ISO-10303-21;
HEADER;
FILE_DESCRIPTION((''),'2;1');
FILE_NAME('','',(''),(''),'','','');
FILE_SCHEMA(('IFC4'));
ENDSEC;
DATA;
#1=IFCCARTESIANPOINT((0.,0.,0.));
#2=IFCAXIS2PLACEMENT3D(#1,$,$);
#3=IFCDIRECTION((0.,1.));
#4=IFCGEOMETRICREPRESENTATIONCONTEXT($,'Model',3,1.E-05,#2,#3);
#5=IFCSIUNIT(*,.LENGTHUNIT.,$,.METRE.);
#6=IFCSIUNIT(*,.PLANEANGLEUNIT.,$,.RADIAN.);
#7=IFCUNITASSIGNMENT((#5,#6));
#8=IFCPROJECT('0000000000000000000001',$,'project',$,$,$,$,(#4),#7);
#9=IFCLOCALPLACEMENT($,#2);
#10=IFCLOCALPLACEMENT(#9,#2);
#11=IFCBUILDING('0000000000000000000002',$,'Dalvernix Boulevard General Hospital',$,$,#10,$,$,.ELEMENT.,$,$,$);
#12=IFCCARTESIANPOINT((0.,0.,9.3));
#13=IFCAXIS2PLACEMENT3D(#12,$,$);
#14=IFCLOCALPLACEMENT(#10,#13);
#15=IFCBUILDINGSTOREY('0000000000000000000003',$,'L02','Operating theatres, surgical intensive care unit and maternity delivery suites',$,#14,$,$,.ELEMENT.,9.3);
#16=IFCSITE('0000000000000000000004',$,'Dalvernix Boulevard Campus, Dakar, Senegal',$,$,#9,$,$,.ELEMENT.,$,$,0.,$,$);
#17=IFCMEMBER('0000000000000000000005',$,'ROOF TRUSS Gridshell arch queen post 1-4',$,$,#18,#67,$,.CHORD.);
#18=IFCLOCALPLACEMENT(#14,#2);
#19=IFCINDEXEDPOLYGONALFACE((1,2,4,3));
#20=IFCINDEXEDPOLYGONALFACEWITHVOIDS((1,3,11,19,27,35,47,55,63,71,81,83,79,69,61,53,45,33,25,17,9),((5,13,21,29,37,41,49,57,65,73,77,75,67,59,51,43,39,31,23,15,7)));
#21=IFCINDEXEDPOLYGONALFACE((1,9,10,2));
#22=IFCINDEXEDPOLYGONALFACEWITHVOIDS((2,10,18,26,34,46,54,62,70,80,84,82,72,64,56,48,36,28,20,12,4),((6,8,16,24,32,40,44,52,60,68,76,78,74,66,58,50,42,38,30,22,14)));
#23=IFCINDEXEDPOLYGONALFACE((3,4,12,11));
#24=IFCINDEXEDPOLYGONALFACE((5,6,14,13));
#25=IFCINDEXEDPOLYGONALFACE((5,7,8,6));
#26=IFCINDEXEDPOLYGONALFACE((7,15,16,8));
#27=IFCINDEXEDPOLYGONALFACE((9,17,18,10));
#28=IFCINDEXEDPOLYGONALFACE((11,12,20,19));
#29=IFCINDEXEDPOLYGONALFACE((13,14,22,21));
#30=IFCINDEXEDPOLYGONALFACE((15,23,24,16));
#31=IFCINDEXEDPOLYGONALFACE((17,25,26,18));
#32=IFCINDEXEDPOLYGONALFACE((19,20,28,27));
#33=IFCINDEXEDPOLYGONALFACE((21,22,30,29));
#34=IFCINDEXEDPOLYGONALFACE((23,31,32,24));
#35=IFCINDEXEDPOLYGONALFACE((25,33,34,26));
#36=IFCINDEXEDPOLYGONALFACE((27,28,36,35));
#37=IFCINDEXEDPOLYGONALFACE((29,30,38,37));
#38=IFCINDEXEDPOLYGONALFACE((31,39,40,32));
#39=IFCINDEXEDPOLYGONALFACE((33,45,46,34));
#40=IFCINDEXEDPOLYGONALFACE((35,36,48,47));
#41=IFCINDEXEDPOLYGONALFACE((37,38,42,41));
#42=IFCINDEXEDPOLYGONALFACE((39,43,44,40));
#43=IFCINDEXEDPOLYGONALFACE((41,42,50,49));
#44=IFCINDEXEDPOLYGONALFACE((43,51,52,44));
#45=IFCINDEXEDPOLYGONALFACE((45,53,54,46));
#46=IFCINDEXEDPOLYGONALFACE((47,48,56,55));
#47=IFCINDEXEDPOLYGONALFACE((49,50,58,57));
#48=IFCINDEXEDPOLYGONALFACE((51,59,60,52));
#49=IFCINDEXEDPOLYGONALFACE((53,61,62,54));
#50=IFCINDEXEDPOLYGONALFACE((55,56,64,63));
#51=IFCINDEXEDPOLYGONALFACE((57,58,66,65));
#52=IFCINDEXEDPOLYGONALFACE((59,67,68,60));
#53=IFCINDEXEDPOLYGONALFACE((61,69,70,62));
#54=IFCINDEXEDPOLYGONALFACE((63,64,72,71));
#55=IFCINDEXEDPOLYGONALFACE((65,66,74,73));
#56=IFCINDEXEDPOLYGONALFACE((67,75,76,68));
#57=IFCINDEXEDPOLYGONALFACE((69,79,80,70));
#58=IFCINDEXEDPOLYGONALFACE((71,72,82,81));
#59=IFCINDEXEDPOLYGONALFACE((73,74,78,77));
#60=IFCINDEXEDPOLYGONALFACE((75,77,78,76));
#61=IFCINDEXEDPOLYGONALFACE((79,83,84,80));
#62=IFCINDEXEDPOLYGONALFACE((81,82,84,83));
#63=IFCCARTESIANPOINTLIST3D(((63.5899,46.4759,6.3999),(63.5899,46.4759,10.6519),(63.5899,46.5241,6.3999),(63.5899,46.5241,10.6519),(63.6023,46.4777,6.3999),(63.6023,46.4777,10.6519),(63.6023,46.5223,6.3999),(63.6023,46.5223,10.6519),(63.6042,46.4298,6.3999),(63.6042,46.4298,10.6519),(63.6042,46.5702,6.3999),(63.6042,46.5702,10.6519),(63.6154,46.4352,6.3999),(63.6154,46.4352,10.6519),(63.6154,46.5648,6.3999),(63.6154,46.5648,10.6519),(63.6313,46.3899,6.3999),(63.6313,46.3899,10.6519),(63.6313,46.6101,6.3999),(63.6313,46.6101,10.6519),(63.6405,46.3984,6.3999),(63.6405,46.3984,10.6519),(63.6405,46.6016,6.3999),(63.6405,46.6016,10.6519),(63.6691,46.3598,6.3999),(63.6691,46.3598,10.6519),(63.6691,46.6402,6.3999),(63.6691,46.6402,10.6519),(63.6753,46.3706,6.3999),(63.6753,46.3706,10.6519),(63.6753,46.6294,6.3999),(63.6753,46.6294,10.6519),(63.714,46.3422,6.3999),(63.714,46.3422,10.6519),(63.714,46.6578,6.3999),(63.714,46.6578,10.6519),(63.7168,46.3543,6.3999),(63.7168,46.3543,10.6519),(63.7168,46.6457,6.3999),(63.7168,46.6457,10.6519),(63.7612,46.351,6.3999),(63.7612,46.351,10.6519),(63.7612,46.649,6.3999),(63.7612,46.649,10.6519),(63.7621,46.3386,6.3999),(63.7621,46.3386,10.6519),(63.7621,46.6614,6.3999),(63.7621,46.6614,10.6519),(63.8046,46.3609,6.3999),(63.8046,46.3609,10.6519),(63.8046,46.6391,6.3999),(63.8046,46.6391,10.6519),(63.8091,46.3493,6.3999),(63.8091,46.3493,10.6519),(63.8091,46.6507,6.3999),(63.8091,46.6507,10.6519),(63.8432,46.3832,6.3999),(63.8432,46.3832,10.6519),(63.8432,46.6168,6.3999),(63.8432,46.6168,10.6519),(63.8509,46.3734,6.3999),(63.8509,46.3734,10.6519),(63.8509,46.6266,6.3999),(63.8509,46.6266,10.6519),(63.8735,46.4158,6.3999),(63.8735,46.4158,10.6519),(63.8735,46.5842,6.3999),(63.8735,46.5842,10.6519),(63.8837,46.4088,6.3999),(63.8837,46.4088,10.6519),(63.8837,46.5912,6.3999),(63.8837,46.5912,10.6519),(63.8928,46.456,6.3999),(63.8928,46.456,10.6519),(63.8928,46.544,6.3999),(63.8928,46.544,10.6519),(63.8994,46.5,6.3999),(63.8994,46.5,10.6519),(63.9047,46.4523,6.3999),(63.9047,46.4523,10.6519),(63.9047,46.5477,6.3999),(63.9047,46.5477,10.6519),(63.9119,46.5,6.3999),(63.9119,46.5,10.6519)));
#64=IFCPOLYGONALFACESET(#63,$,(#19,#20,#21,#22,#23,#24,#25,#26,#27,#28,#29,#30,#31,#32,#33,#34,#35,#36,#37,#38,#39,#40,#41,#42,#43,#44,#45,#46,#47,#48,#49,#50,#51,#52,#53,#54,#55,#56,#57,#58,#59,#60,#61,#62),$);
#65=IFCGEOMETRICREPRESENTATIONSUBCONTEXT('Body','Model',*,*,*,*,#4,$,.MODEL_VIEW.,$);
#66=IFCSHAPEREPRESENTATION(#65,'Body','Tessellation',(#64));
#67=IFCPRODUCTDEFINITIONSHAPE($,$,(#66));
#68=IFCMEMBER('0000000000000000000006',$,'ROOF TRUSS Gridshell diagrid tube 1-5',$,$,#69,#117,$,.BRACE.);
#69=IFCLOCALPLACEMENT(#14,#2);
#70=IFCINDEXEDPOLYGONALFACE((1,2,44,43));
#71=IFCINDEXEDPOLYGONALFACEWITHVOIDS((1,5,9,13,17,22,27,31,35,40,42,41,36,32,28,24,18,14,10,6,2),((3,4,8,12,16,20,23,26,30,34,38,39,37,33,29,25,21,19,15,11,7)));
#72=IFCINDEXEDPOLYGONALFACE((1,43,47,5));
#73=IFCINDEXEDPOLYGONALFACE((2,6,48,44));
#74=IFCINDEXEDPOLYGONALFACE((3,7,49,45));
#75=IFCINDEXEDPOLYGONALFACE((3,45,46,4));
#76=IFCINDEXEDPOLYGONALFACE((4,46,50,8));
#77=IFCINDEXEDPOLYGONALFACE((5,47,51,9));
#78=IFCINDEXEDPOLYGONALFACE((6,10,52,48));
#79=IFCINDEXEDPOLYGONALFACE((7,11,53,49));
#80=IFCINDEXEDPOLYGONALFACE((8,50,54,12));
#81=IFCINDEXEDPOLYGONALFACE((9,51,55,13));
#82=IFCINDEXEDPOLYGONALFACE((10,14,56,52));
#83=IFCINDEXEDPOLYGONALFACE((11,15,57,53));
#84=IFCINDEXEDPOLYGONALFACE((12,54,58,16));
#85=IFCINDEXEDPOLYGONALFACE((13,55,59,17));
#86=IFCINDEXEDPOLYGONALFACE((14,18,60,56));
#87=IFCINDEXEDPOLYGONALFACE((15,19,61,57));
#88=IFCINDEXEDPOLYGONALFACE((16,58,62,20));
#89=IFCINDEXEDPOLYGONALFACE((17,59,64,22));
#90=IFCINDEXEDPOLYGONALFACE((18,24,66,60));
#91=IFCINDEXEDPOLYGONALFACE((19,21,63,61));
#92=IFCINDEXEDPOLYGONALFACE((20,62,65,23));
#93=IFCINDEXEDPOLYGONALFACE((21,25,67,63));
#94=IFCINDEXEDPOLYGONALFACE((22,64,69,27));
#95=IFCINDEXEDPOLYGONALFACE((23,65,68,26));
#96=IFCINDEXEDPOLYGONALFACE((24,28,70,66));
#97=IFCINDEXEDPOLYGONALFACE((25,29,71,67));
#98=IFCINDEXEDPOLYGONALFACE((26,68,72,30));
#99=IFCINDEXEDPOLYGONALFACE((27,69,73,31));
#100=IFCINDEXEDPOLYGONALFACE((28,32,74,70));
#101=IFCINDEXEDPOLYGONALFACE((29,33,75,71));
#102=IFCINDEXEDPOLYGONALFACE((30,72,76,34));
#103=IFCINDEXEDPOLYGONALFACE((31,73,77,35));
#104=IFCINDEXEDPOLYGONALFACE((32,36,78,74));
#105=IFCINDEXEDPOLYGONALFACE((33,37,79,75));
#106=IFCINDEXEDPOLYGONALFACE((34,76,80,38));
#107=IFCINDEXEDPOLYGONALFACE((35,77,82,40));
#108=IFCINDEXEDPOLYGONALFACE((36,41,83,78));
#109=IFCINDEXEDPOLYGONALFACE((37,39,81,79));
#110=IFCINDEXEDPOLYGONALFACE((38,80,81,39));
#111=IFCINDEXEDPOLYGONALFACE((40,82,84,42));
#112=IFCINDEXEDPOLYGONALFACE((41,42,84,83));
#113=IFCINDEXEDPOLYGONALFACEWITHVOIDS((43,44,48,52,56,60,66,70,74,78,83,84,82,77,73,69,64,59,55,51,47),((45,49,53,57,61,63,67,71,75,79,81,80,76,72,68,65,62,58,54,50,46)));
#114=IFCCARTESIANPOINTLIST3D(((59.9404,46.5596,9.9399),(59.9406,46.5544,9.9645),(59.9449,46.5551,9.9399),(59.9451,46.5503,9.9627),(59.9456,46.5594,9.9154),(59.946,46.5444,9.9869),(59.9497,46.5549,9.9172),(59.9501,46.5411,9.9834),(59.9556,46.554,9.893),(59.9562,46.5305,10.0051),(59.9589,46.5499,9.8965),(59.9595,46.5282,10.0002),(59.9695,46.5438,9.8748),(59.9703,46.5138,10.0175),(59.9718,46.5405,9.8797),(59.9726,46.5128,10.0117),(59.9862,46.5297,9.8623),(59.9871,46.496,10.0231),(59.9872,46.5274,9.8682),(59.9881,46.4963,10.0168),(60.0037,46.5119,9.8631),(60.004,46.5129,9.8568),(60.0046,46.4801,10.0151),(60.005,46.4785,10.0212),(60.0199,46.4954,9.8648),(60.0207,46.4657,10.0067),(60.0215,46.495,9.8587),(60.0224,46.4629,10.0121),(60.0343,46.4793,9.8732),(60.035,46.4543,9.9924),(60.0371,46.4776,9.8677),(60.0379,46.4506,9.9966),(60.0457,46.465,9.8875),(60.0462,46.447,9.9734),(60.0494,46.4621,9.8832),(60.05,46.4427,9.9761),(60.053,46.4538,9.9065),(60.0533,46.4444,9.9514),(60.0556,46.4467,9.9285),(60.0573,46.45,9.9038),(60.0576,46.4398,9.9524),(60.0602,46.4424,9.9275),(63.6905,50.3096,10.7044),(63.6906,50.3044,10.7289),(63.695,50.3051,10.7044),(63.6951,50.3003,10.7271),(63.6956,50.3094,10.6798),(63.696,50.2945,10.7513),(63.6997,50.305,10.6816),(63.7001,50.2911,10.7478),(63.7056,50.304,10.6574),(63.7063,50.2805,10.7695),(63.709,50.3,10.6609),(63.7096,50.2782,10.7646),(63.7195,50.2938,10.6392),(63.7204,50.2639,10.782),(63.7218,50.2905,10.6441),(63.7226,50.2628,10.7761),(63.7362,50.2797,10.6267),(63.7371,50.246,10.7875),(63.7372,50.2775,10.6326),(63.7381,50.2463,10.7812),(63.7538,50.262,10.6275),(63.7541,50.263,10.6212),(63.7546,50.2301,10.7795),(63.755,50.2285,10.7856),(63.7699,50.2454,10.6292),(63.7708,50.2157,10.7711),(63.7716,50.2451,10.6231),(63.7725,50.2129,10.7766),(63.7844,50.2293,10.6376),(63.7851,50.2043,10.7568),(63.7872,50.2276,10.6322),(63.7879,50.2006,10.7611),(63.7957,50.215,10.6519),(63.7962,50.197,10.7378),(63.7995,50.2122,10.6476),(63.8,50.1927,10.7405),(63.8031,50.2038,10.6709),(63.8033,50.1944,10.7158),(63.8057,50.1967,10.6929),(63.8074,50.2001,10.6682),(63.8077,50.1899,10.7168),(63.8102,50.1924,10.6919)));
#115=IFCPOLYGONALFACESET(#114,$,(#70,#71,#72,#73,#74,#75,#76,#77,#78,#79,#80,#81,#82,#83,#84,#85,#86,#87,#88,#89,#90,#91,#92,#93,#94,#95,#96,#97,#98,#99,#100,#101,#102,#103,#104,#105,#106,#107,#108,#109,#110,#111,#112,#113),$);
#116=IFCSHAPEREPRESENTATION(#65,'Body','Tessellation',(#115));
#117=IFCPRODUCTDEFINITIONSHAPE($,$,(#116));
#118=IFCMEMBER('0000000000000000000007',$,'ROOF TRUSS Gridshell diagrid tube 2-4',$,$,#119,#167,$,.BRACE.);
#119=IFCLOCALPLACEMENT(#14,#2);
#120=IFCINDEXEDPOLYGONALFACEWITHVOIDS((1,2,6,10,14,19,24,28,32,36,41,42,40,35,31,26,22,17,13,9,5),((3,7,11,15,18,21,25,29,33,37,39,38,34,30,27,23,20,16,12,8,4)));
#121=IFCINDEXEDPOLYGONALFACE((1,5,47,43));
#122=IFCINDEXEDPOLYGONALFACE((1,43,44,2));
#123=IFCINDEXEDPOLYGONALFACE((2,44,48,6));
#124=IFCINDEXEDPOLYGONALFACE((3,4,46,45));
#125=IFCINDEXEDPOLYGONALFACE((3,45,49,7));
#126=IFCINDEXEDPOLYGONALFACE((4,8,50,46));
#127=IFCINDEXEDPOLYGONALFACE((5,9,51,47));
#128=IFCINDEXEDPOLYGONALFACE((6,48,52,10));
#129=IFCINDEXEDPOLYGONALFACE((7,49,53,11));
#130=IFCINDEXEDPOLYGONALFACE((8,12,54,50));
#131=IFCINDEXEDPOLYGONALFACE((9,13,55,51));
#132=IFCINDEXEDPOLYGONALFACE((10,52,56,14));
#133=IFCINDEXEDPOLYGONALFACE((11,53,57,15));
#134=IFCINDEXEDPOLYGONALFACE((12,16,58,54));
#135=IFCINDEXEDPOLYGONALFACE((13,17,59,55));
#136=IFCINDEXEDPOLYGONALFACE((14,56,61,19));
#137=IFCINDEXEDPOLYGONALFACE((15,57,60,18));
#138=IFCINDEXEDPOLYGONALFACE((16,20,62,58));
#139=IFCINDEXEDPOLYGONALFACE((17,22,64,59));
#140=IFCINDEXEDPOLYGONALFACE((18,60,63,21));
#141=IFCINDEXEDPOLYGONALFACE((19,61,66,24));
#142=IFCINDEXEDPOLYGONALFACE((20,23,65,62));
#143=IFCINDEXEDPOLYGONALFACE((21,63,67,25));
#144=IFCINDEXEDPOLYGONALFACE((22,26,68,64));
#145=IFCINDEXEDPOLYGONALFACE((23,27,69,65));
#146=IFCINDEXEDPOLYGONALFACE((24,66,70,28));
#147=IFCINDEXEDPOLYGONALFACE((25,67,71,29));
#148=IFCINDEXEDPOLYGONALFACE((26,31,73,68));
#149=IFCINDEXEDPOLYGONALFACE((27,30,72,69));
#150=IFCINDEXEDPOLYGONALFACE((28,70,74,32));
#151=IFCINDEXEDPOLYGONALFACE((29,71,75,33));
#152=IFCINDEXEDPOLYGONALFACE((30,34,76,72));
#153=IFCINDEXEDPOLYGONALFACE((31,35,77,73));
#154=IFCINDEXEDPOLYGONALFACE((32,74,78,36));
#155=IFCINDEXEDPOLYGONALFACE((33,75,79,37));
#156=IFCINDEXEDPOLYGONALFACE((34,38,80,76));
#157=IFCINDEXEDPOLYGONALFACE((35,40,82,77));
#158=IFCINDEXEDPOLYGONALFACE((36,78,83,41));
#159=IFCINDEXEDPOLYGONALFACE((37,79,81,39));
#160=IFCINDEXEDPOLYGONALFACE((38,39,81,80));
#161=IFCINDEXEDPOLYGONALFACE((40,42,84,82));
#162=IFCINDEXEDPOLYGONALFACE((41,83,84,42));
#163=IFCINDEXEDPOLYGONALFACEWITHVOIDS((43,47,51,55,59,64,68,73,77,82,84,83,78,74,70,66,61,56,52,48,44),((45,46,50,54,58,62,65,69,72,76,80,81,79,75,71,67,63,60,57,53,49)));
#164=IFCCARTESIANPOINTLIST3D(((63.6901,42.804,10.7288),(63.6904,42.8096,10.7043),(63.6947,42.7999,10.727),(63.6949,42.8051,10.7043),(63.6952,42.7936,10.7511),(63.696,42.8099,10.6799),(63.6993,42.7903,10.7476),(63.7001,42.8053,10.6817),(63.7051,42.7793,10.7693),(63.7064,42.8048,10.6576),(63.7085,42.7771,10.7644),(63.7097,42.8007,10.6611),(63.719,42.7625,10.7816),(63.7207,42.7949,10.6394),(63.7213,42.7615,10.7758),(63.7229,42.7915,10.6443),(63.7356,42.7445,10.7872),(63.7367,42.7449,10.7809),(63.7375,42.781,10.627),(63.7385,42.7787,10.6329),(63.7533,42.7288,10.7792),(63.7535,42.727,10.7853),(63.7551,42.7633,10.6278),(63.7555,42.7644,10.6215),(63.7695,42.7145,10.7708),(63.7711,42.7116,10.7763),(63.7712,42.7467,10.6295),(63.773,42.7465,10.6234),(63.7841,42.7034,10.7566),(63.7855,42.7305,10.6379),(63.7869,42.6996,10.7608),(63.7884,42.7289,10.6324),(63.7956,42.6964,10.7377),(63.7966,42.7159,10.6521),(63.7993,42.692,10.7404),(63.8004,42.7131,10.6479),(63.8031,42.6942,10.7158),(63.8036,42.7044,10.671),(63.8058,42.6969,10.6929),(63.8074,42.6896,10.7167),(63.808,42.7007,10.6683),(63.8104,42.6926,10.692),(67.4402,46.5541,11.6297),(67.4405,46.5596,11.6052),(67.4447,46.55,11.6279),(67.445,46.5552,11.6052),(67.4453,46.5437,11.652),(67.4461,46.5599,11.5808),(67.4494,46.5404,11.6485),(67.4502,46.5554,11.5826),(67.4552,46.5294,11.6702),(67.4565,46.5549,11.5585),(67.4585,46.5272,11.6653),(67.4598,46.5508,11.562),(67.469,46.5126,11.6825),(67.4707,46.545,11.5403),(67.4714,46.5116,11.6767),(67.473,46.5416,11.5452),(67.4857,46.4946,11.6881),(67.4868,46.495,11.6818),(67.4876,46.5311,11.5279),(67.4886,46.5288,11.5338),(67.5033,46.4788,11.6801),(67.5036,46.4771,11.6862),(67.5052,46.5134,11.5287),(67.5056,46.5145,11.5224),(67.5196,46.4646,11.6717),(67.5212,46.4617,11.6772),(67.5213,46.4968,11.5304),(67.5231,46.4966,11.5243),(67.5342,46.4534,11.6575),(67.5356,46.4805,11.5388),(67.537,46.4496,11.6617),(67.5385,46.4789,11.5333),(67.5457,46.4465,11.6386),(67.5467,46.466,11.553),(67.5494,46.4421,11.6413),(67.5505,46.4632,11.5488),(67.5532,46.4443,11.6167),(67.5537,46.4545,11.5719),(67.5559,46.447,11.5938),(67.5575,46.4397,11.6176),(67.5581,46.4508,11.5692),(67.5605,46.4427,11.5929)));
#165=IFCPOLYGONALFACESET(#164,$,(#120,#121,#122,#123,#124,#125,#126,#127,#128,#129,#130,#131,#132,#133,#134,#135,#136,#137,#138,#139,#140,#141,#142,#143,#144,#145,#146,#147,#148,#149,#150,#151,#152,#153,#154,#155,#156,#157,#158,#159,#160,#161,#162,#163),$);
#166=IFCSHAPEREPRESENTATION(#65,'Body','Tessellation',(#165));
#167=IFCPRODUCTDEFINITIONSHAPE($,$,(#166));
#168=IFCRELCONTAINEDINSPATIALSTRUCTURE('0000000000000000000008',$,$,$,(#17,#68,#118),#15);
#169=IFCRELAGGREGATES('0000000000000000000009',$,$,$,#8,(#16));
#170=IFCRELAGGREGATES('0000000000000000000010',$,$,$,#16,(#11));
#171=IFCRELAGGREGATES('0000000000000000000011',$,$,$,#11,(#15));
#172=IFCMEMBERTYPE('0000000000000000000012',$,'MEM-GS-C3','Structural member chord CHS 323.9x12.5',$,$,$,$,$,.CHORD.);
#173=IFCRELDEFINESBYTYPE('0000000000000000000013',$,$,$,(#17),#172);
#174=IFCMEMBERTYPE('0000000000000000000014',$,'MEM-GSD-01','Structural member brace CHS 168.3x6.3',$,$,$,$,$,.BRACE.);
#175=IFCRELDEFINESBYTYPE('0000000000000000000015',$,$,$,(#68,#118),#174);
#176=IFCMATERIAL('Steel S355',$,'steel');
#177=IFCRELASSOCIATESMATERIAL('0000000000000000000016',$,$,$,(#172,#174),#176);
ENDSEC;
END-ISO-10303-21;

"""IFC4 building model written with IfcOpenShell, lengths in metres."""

from ifc_helpers import new_model, si_unit, direction, frame, origin, origin_2d, place, context, subcontext, project, spatial, hollow_circle, extrude, material, material_profile, profile_set, type_object, element, save


model = new_model("IFC4")

# Units and contexts
model_context = context("Model", 3, precision=1e-05, world=origin(), true_north=direction((0.0, 1.0)))
body_context = subcontext(model_context, "Body", "Model", "MODEL_VIEW")
ifc_project = project(units=[si_unit("LENGTHUNIT", "METRE"), si_unit("PLANEANGLEUNIT", "RADIAN")], contexts=[model_context])

# Site, building, storey
site_placement = place(None, origin())
site = spatial("IfcSite", under=ifc_project, at=site_placement, Name="Dalvernix Boulevard Campus, Dakar, Senegal", CompositionType="ELEMENT", RefElevation=0.0)
building_placement = place(site_placement, origin())
building = spatial("IfcBuilding", under=site, at=building_placement, Name="Dalvernix Boulevard General Hospital", CompositionType="ELEMENT")
storey_placement = place(building_placement, frame((0.0, 0.0, 9.3)))
storey = spatial("IfcBuildingStorey", under=building, at=storey_placement, Name="L02", Description="Operating theatres, surgical intensive care unit and maternity delivery suites", CompositionType="ELEMENT", Elevation=9.3)

# Shared definitions
ifc_material_1 = material(Name="Steel S355", Category="steel")

# Members
ifc_material_profile_1 = material_profile(ifc_material_1, hollow_circle(Radius=0.1619, WallThickness=0.0125, at=origin_2d()), Name="CHS 323.9x12.5")
ifc_profile_set_1 = profile_set([ifc_material_profile_1], Name="Steel S355")
member_type_1 = type_object("IfcMemberType", Name="MEM-GS-C3", Description="Structural member chord CHS 323.9x12.5", PredefinedType="CHORD", material=ifc_profile_set_1)
member_1_placement = place(storey_placement, frame((63.75, 46.5, 6.3999), z_axis=(0.0, 0.0, 1.0), x_axis=(1.0, 0.0, 0.0)))
element("IfcMember", 1, at=member_1_placement, inside=storey, type_object=member_type_1, Name="ROOF TRUSS Gridshell arch queen post 1-4", PredefinedType="CHORD", context=body_context, shape_type="SweptSolid", body=[
    extrude(hollow_circle(Radius=0.1619, WallThickness=0.0125, at=origin_2d()), origin(), (0.0, 0.0, 1.0), 4.252),
])
ifc_material_profile_2 = material_profile(ifc_material_1, hollow_circle(Radius=0.0842, WallThickness=0.0063, at=origin_2d()), Name="CHS 168.3x6.3")
ifc_profile_set_2 = profile_set([ifc_material_profile_2], Name="Steel S355")
member_type_2 = type_object("IfcMemberType", Name="MEM-GSD-01", Description="Structural member brace CHS 168.3x6.3", PredefinedType="BRACE", material=ifc_profile_set_2)
member_2_placement = place(storey_placement, frame((60.0, 46.5, 9.9399), z_axis=(0.699874, 0.699874, 0.142663), x_axis=(-0.707107, 0.707107, 0.0)))
element("IfcMember", 2, at=member_2_placement, inside=storey, type_object=member_type_2, Name="ROOF TRUSS Gridshell diagrid tube 1-5", PredefinedType="BRACE", context=body_context, shape_type="SweptSolid", body=[
    extrude(hollow_circle(Radius=0.0842, WallThickness=0.0063, at=origin_2d()), origin(), (0.0, 0.0, 1.0), 5.3582),
])
member_3_placement = place(storey_placement, frame((63.75, 42.75, 10.7043), z_axis=(0.69712, 0.69712, 0.167472), x_axis=(-0.707107, 0.707107, 0.0)))
element("IfcMember", 3, at=member_3_placement, inside=storey, type_object=member_type_2, Name="ROOF TRUSS Gridshell diagrid tube 2-4", PredefinedType="BRACE", context=body_context, shape_type="SweptSolid", body=[
    extrude(hollow_circle(Radius=0.0842, WallThickness=0.0063, at=origin_2d()), origin(), (0.0, 0.0, 1.0), 5.3794),
])

save(model, "model.ifc")
